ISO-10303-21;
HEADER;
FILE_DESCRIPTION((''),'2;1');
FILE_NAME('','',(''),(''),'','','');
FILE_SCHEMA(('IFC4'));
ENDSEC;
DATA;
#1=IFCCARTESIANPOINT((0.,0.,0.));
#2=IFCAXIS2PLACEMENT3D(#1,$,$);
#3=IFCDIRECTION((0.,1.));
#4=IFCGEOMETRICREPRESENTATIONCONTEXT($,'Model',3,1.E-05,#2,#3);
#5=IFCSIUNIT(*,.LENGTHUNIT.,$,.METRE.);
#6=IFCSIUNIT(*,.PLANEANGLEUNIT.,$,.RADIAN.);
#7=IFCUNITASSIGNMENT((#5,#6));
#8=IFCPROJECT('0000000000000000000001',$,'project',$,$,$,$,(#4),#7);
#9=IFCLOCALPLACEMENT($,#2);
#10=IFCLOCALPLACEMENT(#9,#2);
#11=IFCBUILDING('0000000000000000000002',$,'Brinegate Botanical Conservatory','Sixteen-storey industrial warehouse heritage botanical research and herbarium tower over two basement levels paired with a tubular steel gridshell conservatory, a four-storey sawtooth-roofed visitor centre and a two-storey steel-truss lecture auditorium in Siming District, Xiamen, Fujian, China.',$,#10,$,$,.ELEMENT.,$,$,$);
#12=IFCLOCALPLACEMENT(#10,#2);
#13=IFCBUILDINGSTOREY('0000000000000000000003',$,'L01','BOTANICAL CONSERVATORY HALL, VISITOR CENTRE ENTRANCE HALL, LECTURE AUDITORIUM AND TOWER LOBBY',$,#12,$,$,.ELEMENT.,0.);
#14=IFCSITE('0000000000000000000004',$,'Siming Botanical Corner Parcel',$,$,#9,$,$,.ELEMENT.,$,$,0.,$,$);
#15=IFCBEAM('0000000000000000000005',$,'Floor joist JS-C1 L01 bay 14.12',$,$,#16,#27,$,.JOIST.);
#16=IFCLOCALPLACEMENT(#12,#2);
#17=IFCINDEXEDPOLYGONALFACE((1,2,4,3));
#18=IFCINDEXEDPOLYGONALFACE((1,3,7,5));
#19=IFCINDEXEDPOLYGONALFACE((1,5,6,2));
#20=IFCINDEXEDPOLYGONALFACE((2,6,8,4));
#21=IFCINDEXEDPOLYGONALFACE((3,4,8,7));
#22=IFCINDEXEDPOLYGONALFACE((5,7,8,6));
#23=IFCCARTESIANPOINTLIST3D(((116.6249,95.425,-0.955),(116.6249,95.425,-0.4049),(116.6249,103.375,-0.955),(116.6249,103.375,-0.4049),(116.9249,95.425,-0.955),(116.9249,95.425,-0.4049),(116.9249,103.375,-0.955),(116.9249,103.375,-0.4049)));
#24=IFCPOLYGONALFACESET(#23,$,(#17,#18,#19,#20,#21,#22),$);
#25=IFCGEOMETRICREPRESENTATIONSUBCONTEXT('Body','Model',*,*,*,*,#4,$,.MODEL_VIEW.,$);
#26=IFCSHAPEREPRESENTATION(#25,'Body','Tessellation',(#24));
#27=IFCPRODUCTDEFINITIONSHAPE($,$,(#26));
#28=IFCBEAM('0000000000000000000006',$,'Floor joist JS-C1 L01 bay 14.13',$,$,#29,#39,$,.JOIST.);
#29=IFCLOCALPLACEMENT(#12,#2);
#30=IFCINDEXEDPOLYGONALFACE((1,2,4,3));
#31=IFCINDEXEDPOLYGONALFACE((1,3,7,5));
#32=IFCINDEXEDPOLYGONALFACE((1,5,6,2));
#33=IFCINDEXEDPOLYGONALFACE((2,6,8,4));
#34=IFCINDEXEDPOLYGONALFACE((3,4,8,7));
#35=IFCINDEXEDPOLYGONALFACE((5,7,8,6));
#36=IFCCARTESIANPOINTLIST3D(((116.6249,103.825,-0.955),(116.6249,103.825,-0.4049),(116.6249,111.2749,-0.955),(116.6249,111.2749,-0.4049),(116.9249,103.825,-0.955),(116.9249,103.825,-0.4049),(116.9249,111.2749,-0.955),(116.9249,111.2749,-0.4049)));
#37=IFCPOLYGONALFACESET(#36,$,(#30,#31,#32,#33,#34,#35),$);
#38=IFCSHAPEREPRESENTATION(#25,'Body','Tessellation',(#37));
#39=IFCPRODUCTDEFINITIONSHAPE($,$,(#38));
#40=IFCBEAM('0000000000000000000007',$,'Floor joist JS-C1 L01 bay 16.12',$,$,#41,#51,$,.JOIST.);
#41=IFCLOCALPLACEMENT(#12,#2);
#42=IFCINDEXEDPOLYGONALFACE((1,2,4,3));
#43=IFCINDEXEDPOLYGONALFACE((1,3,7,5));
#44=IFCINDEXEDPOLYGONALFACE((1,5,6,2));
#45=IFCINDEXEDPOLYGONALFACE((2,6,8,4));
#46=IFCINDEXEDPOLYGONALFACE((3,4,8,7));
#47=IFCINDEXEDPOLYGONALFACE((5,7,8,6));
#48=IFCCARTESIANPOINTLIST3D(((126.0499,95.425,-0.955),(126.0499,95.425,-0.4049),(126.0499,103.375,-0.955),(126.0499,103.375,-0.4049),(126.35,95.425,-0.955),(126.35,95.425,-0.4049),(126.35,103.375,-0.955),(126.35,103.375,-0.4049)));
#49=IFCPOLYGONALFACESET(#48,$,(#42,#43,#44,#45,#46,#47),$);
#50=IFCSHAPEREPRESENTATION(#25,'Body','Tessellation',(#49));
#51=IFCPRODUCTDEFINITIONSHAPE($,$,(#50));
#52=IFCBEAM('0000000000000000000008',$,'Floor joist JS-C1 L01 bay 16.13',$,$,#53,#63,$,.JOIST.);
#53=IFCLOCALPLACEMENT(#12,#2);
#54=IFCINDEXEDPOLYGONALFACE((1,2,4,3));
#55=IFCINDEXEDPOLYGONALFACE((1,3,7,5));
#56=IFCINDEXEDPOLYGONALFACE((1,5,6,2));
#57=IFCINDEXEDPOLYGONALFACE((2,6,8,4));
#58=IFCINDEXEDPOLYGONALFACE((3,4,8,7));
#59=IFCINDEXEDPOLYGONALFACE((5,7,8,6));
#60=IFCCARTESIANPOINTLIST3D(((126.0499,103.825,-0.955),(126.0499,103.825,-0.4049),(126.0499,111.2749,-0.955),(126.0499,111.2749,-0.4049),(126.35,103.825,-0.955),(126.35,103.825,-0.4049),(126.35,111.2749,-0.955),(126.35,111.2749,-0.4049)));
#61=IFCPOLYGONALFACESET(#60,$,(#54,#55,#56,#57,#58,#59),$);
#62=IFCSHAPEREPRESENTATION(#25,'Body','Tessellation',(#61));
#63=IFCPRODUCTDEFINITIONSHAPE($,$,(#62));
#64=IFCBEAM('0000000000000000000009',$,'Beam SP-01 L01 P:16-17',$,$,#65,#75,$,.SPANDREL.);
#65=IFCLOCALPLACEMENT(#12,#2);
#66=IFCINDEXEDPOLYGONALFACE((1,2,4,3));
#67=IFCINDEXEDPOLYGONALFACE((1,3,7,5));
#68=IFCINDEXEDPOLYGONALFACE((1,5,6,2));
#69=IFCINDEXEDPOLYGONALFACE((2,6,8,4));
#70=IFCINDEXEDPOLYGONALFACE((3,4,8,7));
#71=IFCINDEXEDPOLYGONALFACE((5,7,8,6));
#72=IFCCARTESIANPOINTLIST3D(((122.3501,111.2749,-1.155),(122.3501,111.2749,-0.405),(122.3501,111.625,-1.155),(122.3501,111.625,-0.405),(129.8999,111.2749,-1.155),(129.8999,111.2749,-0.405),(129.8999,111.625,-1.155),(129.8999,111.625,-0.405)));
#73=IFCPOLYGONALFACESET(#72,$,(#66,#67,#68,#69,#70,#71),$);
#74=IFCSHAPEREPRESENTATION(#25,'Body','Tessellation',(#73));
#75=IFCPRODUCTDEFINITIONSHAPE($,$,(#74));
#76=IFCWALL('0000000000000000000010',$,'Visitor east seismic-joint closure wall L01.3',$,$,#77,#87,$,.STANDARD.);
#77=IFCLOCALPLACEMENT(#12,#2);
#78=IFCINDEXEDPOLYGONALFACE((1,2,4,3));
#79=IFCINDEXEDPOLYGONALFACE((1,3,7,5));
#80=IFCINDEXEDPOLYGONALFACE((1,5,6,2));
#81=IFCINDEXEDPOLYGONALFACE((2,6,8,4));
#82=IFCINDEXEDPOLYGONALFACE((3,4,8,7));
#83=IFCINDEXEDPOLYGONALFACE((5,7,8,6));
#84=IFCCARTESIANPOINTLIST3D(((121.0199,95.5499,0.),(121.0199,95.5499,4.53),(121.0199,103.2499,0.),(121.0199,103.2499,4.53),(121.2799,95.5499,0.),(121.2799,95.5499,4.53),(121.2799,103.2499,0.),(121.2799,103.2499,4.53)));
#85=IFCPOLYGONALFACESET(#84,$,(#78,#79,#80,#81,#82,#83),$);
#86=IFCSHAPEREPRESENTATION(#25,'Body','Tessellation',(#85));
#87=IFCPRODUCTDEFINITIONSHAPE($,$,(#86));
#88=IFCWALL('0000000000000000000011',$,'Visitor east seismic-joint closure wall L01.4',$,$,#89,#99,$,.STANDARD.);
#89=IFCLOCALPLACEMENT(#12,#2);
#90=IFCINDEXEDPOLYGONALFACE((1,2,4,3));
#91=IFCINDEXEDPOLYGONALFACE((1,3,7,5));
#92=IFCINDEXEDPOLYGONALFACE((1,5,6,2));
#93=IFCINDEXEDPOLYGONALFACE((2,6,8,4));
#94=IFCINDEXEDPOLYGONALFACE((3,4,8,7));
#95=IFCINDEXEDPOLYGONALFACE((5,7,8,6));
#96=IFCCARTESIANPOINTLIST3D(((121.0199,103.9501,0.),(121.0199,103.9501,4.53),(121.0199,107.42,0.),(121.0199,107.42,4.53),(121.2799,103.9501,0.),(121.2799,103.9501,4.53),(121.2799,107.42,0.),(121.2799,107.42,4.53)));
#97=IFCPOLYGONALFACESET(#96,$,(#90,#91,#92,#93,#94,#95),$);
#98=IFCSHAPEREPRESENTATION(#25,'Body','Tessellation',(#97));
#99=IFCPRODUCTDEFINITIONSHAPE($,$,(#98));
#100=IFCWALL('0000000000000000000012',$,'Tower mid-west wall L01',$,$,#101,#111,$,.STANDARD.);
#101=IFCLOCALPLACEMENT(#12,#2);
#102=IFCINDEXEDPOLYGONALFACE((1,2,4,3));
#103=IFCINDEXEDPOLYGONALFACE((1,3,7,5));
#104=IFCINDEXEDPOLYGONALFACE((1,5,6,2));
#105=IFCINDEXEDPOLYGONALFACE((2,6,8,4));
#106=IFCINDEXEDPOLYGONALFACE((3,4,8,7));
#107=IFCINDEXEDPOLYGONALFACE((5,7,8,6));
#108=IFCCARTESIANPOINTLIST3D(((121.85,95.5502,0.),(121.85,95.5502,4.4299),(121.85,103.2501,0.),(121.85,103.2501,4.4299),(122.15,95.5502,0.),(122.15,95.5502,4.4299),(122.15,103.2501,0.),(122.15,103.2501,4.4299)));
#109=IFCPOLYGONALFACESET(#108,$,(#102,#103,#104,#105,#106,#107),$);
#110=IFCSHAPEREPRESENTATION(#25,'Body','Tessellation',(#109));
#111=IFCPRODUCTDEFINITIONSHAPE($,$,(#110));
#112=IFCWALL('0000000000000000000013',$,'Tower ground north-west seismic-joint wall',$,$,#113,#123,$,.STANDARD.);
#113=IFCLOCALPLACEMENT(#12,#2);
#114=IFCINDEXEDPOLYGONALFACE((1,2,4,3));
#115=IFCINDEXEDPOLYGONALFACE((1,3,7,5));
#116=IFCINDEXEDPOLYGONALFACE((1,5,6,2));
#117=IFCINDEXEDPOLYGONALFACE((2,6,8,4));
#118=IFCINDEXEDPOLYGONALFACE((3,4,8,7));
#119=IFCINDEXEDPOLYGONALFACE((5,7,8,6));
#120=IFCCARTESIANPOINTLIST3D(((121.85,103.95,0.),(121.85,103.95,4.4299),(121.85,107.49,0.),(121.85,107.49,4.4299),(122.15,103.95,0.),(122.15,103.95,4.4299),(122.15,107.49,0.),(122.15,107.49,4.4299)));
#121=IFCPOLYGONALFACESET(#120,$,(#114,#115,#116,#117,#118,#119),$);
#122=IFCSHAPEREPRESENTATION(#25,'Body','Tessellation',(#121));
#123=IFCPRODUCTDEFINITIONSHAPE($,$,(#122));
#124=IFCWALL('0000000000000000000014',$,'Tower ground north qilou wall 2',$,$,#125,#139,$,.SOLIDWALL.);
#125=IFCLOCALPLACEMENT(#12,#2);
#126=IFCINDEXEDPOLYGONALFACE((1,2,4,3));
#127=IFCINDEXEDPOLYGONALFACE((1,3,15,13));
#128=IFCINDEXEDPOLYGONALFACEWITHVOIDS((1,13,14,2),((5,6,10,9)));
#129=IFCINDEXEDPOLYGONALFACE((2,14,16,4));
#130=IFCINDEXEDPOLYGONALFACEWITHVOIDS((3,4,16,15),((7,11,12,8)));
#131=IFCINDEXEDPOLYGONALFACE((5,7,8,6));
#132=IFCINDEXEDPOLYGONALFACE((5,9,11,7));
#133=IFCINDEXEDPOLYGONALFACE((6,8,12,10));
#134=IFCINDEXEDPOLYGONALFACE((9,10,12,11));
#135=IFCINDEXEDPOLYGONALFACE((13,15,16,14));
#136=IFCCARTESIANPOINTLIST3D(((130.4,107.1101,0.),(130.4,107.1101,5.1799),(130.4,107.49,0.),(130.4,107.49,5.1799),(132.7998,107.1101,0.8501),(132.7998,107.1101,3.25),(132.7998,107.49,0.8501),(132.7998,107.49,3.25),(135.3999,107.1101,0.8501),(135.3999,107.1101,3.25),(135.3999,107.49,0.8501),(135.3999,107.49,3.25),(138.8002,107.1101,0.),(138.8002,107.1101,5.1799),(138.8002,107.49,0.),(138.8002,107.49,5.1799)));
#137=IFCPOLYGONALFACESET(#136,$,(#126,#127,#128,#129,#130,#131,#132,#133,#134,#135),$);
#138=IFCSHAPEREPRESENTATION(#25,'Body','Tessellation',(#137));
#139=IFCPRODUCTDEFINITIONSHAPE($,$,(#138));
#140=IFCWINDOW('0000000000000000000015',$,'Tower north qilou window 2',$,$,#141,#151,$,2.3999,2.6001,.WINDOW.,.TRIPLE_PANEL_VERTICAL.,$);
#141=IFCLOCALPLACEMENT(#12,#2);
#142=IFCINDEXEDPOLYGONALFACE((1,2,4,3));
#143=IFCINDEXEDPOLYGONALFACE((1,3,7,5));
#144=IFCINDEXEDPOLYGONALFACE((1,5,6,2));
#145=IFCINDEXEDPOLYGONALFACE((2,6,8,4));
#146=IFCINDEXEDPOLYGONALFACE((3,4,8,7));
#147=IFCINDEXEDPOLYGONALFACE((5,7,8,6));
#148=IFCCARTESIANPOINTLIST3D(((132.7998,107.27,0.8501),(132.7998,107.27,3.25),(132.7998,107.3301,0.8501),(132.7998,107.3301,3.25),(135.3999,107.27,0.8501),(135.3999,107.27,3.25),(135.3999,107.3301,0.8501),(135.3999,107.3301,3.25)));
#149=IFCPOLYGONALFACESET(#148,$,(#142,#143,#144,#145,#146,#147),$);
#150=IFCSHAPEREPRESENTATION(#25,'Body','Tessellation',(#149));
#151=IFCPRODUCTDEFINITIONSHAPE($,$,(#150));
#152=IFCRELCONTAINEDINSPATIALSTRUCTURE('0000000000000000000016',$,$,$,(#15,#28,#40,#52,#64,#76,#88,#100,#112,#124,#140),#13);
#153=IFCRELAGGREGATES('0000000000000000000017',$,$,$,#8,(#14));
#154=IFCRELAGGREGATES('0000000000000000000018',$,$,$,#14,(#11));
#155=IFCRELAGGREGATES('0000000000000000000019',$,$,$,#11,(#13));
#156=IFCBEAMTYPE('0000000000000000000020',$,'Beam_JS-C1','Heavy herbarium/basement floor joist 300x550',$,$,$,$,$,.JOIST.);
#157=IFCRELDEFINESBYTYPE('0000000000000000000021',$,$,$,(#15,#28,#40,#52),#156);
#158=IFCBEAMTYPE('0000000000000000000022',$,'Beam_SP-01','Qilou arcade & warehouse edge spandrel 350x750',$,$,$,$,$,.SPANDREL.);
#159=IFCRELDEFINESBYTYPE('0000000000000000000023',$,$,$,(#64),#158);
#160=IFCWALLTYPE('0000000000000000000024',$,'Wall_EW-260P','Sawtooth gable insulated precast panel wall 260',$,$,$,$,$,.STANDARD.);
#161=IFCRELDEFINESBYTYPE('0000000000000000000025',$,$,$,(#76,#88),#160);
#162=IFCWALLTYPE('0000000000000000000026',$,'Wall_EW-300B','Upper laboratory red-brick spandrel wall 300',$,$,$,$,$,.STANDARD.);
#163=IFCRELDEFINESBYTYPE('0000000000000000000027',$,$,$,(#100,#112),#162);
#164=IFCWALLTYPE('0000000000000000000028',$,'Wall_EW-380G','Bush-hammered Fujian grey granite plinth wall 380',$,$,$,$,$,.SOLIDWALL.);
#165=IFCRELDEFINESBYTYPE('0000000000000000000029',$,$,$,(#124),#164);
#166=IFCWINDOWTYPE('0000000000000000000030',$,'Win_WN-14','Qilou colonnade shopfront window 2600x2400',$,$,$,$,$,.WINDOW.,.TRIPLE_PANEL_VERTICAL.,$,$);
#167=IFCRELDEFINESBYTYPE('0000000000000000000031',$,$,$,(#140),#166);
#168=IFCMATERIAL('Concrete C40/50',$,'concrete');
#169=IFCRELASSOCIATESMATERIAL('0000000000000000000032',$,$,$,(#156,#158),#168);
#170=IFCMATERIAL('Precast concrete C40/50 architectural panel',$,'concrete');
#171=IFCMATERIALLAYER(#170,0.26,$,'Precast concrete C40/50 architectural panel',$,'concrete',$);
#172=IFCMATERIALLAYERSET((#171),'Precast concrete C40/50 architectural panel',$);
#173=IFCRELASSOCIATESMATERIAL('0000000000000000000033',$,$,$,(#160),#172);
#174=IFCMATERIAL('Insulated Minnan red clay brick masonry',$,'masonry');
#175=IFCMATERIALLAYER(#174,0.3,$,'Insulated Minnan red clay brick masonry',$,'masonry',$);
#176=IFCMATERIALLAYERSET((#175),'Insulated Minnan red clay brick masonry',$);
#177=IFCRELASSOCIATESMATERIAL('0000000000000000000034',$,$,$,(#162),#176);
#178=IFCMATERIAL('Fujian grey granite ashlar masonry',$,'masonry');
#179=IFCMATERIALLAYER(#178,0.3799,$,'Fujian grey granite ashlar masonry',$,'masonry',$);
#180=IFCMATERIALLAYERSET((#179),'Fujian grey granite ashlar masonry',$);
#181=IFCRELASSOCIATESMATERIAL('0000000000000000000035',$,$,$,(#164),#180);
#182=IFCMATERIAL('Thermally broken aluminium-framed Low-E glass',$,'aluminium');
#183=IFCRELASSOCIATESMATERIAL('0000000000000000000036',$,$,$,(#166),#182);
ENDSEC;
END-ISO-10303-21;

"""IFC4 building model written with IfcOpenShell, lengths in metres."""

from ifc_helpers import new_model, si_unit, direction, frame, frame_2d, origin, origin_2d, place, context, subcontext, project, spatial, rectangle, extrude, material, layer, layer_set, material_profile, profile_set, type_object, element, fill, save


model = new_model("IFC4")

# Units and contexts
model_context = context("Model", 3, precision=1e-05, world=origin(), true_north=direction((0.0, 1.0)))
body_context = subcontext(model_context, "Body", "Model", "MODEL_VIEW")
ifc_project = project(units=[si_unit("LENGTHUNIT", "METRE"), si_unit("PLANEANGLEUNIT", "RADIAN")], contexts=[model_context])

# Site, building, storey
site_placement = place(None, origin())
site = spatial("IfcSite", under=ifc_project, at=site_placement, Name="Siming Botanical Corner Parcel", CompositionType="ELEMENT", RefElevation=0.0)
building_placement = place(site_placement, origin())
building = spatial("IfcBuilding", under=site, at=building_placement, Name="Brinegate Botanical Conservatory", Description="Sixteen-storey industrial warehouse heritage botanical research and herbarium tower over two basement levels paired with a tubular steel gridshell conservatory, a four-storey sawtooth-roofed visitor centre and a two-storey steel-truss lecture auditorium in Siming District, Xiamen, Fujian, China.", CompositionType="ELEMENT")
storey_placement = place(building_placement, origin())
storey = spatial("IfcBuildingStorey", under=building, at=storey_placement, Name="L01", Description="BOTANICAL CONSERVATORY HALL, VISITOR CENTRE ENTRANCE HALL, LECTURE AUDITORIUM AND TOWER LOBBY", CompositionType="ELEMENT", Elevation=0.0)

# Beams
ifc_material_1 = material(Name="Concrete C40/50", Category="concrete")
ifc_material_profile_1 = material_profile(ifc_material_1, rectangle(XDim=0.3, YDim=0.55, at=origin_2d()), Name="RC JST 300x550")
ifc_profile_set_1 = profile_set([ifc_material_profile_1], Name="Concrete C40/50")
beam_type_1 = type_object("IfcBeamType", Name="Beam_JS-C1", Description="Heavy herbarium/basement floor joist 300x550", PredefinedType="JOIST", material=ifc_profile_set_1)
beam_1_placement = place(storey_placement, frame((116.7749, 95.425, -0.6799), z_axis=(0.0, 1.0, 0.0), x_axis=(-1.0, 0.0, 0.0)))
element("IfcBeam", 1, at=beam_1_placement, inside=storey, type_object=beam_type_1, Name="Floor joist JS-C1 L01 bay 14.12", PredefinedType="JOIST", context=body_context, shape_type="SweptSolid", body=[
    extrude(rectangle(XDim=0.3, YDim=0.55, at=origin_2d()), origin(), (0.0, 0.0, 1.0), 7.95),
])
beam_2_placement = place(storey_placement, frame((116.7749, 103.825, -0.6799), z_axis=(0.0, 1.0, 0.0), x_axis=(-1.0, 0.0, 0.0)))
element("IfcBeam", 2, at=beam_2_placement, inside=storey, type_object=beam_type_1, Name="Floor joist JS-C1 L01 bay 14.13", PredefinedType="JOIST", context=body_context, shape_type="SweptSolid", body=[
    extrude(rectangle(XDim=0.3, YDim=0.55, at=origin_2d()), origin(), (0.0, 0.0, 1.0), 7.45),
])
beam_3_placement = place(storey_placement, frame((126.2, 95.425, -0.6799), z_axis=(0.0, 1.0, 0.0), x_axis=(-1.0, 0.0, 0.0)))
element("IfcBeam", 3, at=beam_3_placement, inside=storey, type_object=beam_type_1, Name="Floor joist JS-C1 L01 bay 16.12", PredefinedType="JOIST", context=body_context, shape_type="SweptSolid", body=[
    extrude(rectangle(XDim=0.3, YDim=0.55, at=origin_2d()), origin(), (0.0, 0.0, 1.0), 7.95),
])
beam_4_placement = place(storey_placement, frame((126.2, 103.825, -0.6799), z_axis=(0.0, 1.0, 0.0), x_axis=(-1.0, 0.0, 0.0)))
element("IfcBeam", 4, at=beam_4_placement, inside=storey, type_object=beam_type_1, Name="Floor joist JS-C1 L01 bay 16.13", PredefinedType="JOIST", context=body_context, shape_type="SweptSolid", body=[
    extrude(rectangle(XDim=0.3, YDim=0.55, at=origin_2d()), origin(), (0.0, 0.0, 1.0), 7.45),
])
ifc_material_profile_2 = material_profile(ifc_material_1, rectangle(XDim=0.3501, YDim=0.75, at=origin_2d()), Name="RC SPN 350x750")
ifc_profile_set_2 = profile_set([ifc_material_profile_2], Name="Concrete C40/50")
beam_type_2 = type_object("IfcBeamType", Name="Beam_SP-01", Description="Qilou arcade & warehouse edge spandrel 350x750", PredefinedType="SPANDREL", material=ifc_profile_set_2)
beam_5_placement = place(storey_placement, frame((122.3501, 111.45, -0.78), z_axis=(1.0, 0.0, 0.0), x_axis=(0.0, 1.0, 0.0)))
element("IfcBeam", 5, at=beam_5_placement, inside=storey, type_object=beam_type_2, Name="Beam SP-01 L01 P:16-17", PredefinedType="SPANDREL", context=body_context, shape_type="SweptSolid", body=[
    extrude(rectangle(XDim=0.3501, YDim=0.75, at=origin_2d()), origin(), (0.0, 0.0, 1.0), 7.5498),
])

# Walls
ifc_material_2 = material(Name="Precast concrete C40/50 architectural panel", Category="concrete")
ifc_layer_1 = layer(ifc_material_2, 0.26, Name="Precast concrete C40/50 architectural panel", Category="concrete")
ifc_layer_set_1 = layer_set([ifc_layer_1], Name="Precast concrete C40/50 architectural panel")
wall_type_1 = type_object("IfcWallType", Name="Wall_EW-260P", Description="Sawtooth gable insulated precast panel wall 260", PredefinedType="STANDARD", material=ifc_layer_set_1)
wall_1_placement = place(storey_placement, frame((121.1499, 103.25, 0.0), z_axis=(0.0, 0.0, 1.0), x_axis=(0.0, -1.0, 0.0)))
element("IfcWall", 6, at=wall_1_placement, inside=storey, type_object=wall_type_1, Name="Visitor east seismic-joint closure wall L01.3", PredefinedType="STANDARD", context=body_context, shape_type="SweptSolid", body=[
    extrude(rectangle(XDim=7.7, YDim=0.26, at=frame_2d((3.8501, 0.0))), origin(), (0.0, 0.0, 1.0), 4.53),
])
wall_2_placement = place(storey_placement, frame((121.1499, 107.4199, 0.0), z_axis=(0.0, 0.0, 1.0), x_axis=(0.0, -1.0, 0.0)))
element("IfcWall", 7, at=wall_2_placement, inside=storey, type_object=wall_type_1, Name="Visitor east seismic-joint closure wall L01.4", PredefinedType="STANDARD", context=body_context, shape_type="SweptSolid", body=[
    extrude(rectangle(XDim=3.47, YDim=0.26, at=frame_2d((1.7349, 0.0))), origin(), (0.0, 0.0, 1.0), 4.53),
])
ifc_material_3 = material(Name="Insulated Minnan red clay brick masonry", Category="masonry")
ifc_layer_2 = layer(ifc_material_3, 0.3, Name="Insulated Minnan red clay brick masonry", Category="masonry")
ifc_layer_set_2 = layer_set([ifc_layer_2], Name="Insulated Minnan red clay brick masonry")
wall_type_2 = type_object("IfcWallType", Name="Wall_EW-300B", Description="Upper laboratory red-brick spandrel wall 300", PredefinedType="STANDARD", material=ifc_layer_set_2)
wall_3_placement = place(storey_placement, frame((122.0, 95.55, 0.0), z_axis=(0.0, 0.0, 1.0), x_axis=(0.0, 1.0, 0.0)))
element("IfcWall", 8, at=wall_3_placement, inside=storey, type_object=wall_type_2, Name="Tower mid-west wall L01", PredefinedType="STANDARD", context=body_context, shape_type="SweptSolid", body=[
    extrude(rectangle(XDim=7.7, YDim=0.3, at=frame_2d((3.8501, 0.0))), origin(), (0.0, 0.0, 1.0), 4.4299),
])
wall_4_placement = place(storey_placement, frame((122.0, 103.95, 0.0), z_axis=(0.0, 0.0, 1.0), x_axis=(0.0, 1.0, 0.0)))
element("IfcWall", 9, at=wall_4_placement, inside=storey, type_object=wall_type_2, Name="Tower ground north-west seismic-joint wall", PredefinedType="STANDARD", context=body_context, shape_type="SweptSolid", body=[
    extrude(rectangle(XDim=3.54, YDim=0.3, at=frame_2d((1.77, 0.0))), origin(), (0.0, 0.0, 1.0), 4.4299),
])

# Shared definitions
ifc_material_4 = material(Name="Fujian grey granite ashlar masonry", Category="masonry")
ifc_layer_3 = layer(ifc_material_4, 0.3799, Name="Fujian grey granite ashlar masonry", Category="masonry")
ifc_layer_set_3 = layer_set([ifc_layer_3], Name="Fujian grey granite ashlar masonry")
wall_type_3 = type_object("IfcWallType", Name="Wall_EW-380G", Description="Bush-hammered Fujian grey granite plinth wall 380", PredefinedType="SOLIDWALL", material=ifc_layer_set_3)

# Wall, opening, window
wall_5_placement = place(storey_placement, frame((130.3999, 107.3, 0.0), z_axis=(0.0, 0.0, 1.0), x_axis=(1.0, 0.0, 0.0)))
wall_5 = element("IfcWall", 10, at=wall_5_placement, inside=storey, type_object=wall_type_3, Name="Tower ground north qilou wall 2", PredefinedType="SOLIDWALL", context=body_context, shape_type="SweptSolid", body=[
    extrude(rectangle(XDim=8.4001, YDim=0.3799, at=frame_2d((4.2002, 0.0))), origin(), (0.0, 0.0, 1.0), 5.1799),
])
opening_1_placement = place(wall_5_placement, frame((2.3999, 0.0, 0.8501)))
opening_1 = element("IfcOpeningElement", 11, at=opening_1_placement, cuts=wall_5, PredefinedType="OPENING", context=body_context, shape_type="SweptSolid", body=[
    extrude(rectangle(XDim=2.6001, YDim=2.3999, at=frame_2d((1.3, 1.2))), frame((0.0, 0.2, 0.0), z_axis=(0.0, -1.0, 0.0), x_axis=(1.0, 0.0, 0.0)), (0.0, 0.0, 1.0), 0.3999),
])
ifc_material_5 = material(Name="Thermally broken aluminium-framed Low-E glass", Category="aluminium")
window_type = type_object("IfcWindowType", Name="Win_WN-14", Description="Qilou colonnade shopfront window 2600x2400", PartitioningType="TRIPLE_PANEL_VERTICAL", PredefinedType="WINDOW", material=ifc_material_5)
window_placement = place(opening_1_placement, origin())
window = element("IfcWindow", 12, at=window_placement, inside=storey, type_object=window_type, Name="Tower north qilou window 2", OverallHeight=2.3999, OverallWidth=2.6001, PartitioningType="TRIPLE_PANEL_VERTICAL", PredefinedType="WINDOW", context=body_context, shape_type="SweptSolid", body=[
    extrude(rectangle(XDim=2.6001, YDim=2.3999, at=frame_2d((1.3, 1.2))), frame((0.0, 0.03, 0.0), z_axis=(0.0, -1.0, 0.0), x_axis=(1.0, 0.0, 0.0)), (0.0, 0.0, 1.0), 0.0601),
])
fill(opening_1, window)

save(model, "model.ifc")
